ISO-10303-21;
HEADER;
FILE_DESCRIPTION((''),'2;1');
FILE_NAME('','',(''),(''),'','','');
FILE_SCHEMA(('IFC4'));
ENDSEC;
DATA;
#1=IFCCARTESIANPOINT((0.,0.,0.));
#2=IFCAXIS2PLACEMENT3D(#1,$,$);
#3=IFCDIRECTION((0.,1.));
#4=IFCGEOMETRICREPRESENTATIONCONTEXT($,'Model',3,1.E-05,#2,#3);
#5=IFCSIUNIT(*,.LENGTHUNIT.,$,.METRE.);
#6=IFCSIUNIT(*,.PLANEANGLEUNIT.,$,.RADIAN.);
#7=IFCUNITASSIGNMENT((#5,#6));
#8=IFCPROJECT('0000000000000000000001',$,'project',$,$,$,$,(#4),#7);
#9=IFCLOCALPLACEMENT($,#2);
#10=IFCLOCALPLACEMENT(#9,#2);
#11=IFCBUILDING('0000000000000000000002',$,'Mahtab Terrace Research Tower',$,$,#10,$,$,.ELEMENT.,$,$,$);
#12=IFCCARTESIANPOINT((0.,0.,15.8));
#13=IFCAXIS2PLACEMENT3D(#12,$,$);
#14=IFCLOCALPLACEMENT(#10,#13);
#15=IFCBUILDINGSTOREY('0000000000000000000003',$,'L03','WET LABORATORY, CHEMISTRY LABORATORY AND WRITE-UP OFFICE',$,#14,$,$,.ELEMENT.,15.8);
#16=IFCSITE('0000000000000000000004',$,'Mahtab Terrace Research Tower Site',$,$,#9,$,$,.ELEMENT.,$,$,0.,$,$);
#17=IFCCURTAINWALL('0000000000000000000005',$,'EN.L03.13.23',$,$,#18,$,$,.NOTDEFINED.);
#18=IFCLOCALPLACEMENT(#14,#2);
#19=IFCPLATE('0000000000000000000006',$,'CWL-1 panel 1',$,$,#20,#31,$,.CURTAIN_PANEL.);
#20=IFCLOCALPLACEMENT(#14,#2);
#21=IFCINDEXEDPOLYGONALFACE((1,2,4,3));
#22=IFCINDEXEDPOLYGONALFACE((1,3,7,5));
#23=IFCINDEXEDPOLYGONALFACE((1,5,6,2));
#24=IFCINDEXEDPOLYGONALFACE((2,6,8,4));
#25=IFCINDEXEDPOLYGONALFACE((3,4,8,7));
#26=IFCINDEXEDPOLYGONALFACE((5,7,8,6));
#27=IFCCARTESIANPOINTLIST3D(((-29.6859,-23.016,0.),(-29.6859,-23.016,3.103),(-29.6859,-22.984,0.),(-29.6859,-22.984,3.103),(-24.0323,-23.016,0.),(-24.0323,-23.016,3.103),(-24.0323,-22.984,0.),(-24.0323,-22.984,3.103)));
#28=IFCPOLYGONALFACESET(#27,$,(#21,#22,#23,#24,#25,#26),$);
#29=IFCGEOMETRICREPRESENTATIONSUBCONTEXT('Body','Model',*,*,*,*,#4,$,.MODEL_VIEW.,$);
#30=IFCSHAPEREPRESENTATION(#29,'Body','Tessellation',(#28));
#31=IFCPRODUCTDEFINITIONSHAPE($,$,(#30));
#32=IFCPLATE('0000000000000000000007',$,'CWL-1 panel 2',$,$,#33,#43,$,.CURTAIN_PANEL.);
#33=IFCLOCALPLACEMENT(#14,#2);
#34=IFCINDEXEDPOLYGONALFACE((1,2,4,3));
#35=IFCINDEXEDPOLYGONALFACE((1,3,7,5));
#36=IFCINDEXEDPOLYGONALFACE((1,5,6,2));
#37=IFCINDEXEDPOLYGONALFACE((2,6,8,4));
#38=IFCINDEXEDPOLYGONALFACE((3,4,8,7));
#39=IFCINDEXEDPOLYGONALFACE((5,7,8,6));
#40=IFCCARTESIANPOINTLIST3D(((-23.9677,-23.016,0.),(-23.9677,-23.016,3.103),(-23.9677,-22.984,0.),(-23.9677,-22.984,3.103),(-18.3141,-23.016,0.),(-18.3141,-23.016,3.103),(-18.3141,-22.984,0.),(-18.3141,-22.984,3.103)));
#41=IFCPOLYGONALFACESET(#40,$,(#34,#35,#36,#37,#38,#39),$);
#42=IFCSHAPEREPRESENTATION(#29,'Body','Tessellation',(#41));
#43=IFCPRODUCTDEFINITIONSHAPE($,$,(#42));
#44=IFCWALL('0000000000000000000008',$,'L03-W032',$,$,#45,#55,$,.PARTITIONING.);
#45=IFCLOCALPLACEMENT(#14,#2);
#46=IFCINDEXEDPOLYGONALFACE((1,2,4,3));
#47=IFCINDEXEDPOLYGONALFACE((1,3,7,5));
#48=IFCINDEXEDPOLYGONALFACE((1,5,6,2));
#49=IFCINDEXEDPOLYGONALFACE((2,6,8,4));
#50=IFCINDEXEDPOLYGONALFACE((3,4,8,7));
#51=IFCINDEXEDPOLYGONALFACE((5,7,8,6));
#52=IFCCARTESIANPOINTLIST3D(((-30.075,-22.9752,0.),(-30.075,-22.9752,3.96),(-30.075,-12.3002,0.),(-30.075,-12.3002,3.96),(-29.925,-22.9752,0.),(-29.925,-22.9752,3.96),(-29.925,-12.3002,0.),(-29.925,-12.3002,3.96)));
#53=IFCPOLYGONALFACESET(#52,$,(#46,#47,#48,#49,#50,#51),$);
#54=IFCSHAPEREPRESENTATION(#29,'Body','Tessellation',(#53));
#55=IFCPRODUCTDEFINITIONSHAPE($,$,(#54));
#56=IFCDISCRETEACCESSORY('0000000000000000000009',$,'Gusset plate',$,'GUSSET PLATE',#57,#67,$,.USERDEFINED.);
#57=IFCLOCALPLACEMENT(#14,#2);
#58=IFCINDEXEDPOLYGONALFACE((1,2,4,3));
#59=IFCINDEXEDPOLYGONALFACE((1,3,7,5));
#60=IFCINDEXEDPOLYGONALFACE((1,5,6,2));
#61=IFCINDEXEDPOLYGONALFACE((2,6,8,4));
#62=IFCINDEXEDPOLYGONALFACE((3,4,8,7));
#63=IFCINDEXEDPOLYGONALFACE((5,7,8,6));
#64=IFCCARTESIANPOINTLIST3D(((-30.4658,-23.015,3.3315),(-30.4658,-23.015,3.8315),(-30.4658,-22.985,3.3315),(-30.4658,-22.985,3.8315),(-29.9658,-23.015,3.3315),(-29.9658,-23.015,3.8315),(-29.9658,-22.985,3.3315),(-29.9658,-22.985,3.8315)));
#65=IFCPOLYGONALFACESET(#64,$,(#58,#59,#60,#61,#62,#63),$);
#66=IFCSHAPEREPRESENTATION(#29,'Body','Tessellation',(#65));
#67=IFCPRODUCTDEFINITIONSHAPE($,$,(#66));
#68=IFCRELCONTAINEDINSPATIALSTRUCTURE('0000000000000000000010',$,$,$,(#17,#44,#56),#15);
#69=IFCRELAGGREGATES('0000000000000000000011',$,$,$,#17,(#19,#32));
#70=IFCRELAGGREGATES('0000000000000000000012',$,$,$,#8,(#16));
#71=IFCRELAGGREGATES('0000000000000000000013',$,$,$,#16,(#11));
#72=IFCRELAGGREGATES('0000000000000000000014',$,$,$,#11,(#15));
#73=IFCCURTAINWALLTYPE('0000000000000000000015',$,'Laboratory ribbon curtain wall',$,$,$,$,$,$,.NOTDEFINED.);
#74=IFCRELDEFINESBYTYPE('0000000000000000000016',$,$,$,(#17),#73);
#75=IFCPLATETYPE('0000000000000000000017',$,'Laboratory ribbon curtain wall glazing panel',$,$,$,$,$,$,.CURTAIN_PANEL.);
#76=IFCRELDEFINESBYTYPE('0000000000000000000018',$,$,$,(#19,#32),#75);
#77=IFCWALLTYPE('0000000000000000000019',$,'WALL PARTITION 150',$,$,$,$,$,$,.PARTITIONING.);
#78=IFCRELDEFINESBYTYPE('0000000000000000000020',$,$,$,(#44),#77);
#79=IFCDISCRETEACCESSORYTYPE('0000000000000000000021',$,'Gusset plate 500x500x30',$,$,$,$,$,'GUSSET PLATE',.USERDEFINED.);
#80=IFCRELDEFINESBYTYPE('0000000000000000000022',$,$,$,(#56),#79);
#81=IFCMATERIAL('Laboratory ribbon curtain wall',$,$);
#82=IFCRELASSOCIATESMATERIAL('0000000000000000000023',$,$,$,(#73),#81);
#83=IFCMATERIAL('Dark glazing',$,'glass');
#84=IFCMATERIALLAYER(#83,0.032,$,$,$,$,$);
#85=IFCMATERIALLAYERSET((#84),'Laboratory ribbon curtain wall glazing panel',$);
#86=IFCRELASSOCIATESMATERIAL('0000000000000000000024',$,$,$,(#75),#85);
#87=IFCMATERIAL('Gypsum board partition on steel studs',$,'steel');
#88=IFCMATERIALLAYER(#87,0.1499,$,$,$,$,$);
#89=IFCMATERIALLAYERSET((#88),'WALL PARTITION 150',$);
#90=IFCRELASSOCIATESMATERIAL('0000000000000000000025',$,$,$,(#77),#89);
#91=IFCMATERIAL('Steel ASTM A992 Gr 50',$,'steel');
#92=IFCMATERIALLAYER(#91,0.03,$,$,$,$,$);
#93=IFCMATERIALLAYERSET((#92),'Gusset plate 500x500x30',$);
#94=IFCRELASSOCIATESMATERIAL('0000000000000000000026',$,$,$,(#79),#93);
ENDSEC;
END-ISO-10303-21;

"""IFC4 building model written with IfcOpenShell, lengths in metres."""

from ifc_helpers import new_model, si_unit, direction, frame, frame_2d, origin, origin_2d, place, context, subcontext, project, spatial, rectangle, extrude, material, layer, layer_set, type_object, element, aggregate, save


model = new_model("IFC4")

# Units and contexts
model_context = context("Model", 3, precision=1e-05, world=origin(), true_north=direction((0.0, 1.0)))
body_context = subcontext(model_context, "Body", "Model", "MODEL_VIEW")
ifc_project = project(units=[si_unit("LENGTHUNIT", "METRE"), si_unit("PLANEANGLEUNIT", "RADIAN")], contexts=[model_context])

# Site, building, storey
site_placement = place(None, origin())
site = spatial("IfcSite", under=ifc_project, at=site_placement, Name="Mahtab Terrace Research Tower Site", CompositionType="ELEMENT", RefElevation=0.0)
building_placement = place(site_placement, origin())
building = spatial("IfcBuilding", under=site, at=building_placement, Name="Mahtab Terrace Research Tower", CompositionType="ELEMENT")
storey_placement = place(building_placement, frame((0.0, 0.0, 15.8)))
storey = spatial("IfcBuildingStorey", under=building, at=storey_placement, Name="L03", Description="WET LABORATORY, CHEMISTRY LABORATORY AND WRITE-UP OFFICE", CompositionType="ELEMENT", Elevation=15.8)

# Shared definitions
ifc_material_1 = material(Name="Steel ASTM A992 Gr 50", Category="steel")

# Curtain wall
ifc_material_2 = material(Name="Laboratory ribbon curtain wall")
curtain_wall_type = type_object("IfcCurtainWallType", Name="Laboratory ribbon curtain wall", PredefinedType="NOTDEFINED", material=ifc_material_2)
curtain_wall_1_placement = place(storey_placement, origin())
curtain_wall_1 = element("IfcCurtainWall", 1, at=curtain_wall_1_placement, inside=storey, type_object=curtain_wall_type, Name="EN.L03.13.23", PredefinedType="NOTDEFINED")

# Plates
ifc_material_3 = material(Name="Dark glazing", Category="glass")
ifc_layer_1 = layer(ifc_material_3, 0.032)
ifc_layer_set_1 = layer_set([ifc_layer_1], Name="Laboratory ribbon curtain wall glazing panel")
plate_type = type_object("IfcPlateType", Name="Laboratory ribbon curtain wall glazing panel", PredefinedType="CURTAIN_PANEL", material=ifc_layer_set_1)
plate_1_placement = place(storey_placement, frame((-26.8591, -23.0, 0.0), z_axis=(0.0, 0.0, 1.0), x_axis=(1.0, 0.0, 0.0)))
plate_1 = element("IfcPlate", 2, at=plate_1_placement, type_object=plate_type, Name="CWL-1 panel 1", PredefinedType="CURTAIN_PANEL", context=body_context, shape_type="SweptSolid", body=[
    extrude(rectangle(XDim=5.6536, YDim=0.032, at=origin_2d()), origin(), (0.0, 0.0, 1.0), 3.103),
])
plate_2_placement = place(storey_placement, frame((-21.1409, -23.0, 0.0), z_axis=(0.0, 0.0, 1.0), x_axis=(1.0, 0.0, 0.0)))
plate_2 = element("IfcPlate", 3, at=plate_2_placement, type_object=plate_type, Name="CWL-1 panel 2", PredefinedType="CURTAIN_PANEL", context=body_context, shape_type="SweptSolid", body=[
    extrude(rectangle(XDim=5.6536, YDim=0.032, at=origin_2d()), origin(), (0.0, 0.0, 1.0), 3.103),
])
aggregate(curtain_wall_1, [plate_1, plate_2])

# Wall
ifc_material_4 = material(Name="Gypsum board partition on steel studs", Category="steel")
ifc_layer_2 = layer(ifc_material_4, 0.1499)
ifc_layer_set_2 = layer_set([ifc_layer_2], Name="WALL PARTITION 150")
wall_type = type_object("IfcWallType", Name="WALL PARTITION 150", PredefinedType="PARTITIONING", material=ifc_layer_set_2)
wall_placement = place(storey_placement, frame((-30.0, -22.9751, 0.0), z_axis=(0.0, 0.0, 1.0), x_axis=(0.0, 1.0, 0.0)))
element("IfcWall", 4, at=wall_placement, inside=storey, type_object=wall_type, Name="L03-W032", PredefinedType="PARTITIONING", context=body_context, shape_type="SweptSolid", body=[
    extrude(rectangle(XDim=10.675, YDim=0.1499, at=frame_2d((5.3374, 0.0))), origin(), (0.0, 0.0, 1.0), 3.96),
])

# Discrete accessory
ifc_layer_3 = layer(ifc_material_1, 0.03)
ifc_layer_set_3 = layer_set([ifc_layer_3], Name="Gusset plate 500x500x30")
discrete_accessory_type = type_object("IfcDiscreteAccessoryType", Name="Gusset plate 500x500x30", ElementType="GUSSET PLATE", PredefinedType="USERDEFINED", material=ifc_layer_set_3)
discrete_accessory_placement = place(storey_placement, frame((-30.2158, -23.0, 3.3315), z_axis=(0.0, 0.0, 1.0), x_axis=(1.0, 0.0, 0.0)))
element("IfcDiscreteAccessory", 5, at=discrete_accessory_placement, inside=storey, type_object=discrete_accessory_type, Name="Gusset plate", ObjectType="GUSSET PLATE", PredefinedType="USERDEFINED", context=body_context, shape_type="SweptSolid", body=[
    extrude(rectangle(XDim=0.5, YDim=0.03, at=origin_2d()), origin(), (0.0, 0.0, 1.0), 0.5),
])

save(model, "model.ifc")
